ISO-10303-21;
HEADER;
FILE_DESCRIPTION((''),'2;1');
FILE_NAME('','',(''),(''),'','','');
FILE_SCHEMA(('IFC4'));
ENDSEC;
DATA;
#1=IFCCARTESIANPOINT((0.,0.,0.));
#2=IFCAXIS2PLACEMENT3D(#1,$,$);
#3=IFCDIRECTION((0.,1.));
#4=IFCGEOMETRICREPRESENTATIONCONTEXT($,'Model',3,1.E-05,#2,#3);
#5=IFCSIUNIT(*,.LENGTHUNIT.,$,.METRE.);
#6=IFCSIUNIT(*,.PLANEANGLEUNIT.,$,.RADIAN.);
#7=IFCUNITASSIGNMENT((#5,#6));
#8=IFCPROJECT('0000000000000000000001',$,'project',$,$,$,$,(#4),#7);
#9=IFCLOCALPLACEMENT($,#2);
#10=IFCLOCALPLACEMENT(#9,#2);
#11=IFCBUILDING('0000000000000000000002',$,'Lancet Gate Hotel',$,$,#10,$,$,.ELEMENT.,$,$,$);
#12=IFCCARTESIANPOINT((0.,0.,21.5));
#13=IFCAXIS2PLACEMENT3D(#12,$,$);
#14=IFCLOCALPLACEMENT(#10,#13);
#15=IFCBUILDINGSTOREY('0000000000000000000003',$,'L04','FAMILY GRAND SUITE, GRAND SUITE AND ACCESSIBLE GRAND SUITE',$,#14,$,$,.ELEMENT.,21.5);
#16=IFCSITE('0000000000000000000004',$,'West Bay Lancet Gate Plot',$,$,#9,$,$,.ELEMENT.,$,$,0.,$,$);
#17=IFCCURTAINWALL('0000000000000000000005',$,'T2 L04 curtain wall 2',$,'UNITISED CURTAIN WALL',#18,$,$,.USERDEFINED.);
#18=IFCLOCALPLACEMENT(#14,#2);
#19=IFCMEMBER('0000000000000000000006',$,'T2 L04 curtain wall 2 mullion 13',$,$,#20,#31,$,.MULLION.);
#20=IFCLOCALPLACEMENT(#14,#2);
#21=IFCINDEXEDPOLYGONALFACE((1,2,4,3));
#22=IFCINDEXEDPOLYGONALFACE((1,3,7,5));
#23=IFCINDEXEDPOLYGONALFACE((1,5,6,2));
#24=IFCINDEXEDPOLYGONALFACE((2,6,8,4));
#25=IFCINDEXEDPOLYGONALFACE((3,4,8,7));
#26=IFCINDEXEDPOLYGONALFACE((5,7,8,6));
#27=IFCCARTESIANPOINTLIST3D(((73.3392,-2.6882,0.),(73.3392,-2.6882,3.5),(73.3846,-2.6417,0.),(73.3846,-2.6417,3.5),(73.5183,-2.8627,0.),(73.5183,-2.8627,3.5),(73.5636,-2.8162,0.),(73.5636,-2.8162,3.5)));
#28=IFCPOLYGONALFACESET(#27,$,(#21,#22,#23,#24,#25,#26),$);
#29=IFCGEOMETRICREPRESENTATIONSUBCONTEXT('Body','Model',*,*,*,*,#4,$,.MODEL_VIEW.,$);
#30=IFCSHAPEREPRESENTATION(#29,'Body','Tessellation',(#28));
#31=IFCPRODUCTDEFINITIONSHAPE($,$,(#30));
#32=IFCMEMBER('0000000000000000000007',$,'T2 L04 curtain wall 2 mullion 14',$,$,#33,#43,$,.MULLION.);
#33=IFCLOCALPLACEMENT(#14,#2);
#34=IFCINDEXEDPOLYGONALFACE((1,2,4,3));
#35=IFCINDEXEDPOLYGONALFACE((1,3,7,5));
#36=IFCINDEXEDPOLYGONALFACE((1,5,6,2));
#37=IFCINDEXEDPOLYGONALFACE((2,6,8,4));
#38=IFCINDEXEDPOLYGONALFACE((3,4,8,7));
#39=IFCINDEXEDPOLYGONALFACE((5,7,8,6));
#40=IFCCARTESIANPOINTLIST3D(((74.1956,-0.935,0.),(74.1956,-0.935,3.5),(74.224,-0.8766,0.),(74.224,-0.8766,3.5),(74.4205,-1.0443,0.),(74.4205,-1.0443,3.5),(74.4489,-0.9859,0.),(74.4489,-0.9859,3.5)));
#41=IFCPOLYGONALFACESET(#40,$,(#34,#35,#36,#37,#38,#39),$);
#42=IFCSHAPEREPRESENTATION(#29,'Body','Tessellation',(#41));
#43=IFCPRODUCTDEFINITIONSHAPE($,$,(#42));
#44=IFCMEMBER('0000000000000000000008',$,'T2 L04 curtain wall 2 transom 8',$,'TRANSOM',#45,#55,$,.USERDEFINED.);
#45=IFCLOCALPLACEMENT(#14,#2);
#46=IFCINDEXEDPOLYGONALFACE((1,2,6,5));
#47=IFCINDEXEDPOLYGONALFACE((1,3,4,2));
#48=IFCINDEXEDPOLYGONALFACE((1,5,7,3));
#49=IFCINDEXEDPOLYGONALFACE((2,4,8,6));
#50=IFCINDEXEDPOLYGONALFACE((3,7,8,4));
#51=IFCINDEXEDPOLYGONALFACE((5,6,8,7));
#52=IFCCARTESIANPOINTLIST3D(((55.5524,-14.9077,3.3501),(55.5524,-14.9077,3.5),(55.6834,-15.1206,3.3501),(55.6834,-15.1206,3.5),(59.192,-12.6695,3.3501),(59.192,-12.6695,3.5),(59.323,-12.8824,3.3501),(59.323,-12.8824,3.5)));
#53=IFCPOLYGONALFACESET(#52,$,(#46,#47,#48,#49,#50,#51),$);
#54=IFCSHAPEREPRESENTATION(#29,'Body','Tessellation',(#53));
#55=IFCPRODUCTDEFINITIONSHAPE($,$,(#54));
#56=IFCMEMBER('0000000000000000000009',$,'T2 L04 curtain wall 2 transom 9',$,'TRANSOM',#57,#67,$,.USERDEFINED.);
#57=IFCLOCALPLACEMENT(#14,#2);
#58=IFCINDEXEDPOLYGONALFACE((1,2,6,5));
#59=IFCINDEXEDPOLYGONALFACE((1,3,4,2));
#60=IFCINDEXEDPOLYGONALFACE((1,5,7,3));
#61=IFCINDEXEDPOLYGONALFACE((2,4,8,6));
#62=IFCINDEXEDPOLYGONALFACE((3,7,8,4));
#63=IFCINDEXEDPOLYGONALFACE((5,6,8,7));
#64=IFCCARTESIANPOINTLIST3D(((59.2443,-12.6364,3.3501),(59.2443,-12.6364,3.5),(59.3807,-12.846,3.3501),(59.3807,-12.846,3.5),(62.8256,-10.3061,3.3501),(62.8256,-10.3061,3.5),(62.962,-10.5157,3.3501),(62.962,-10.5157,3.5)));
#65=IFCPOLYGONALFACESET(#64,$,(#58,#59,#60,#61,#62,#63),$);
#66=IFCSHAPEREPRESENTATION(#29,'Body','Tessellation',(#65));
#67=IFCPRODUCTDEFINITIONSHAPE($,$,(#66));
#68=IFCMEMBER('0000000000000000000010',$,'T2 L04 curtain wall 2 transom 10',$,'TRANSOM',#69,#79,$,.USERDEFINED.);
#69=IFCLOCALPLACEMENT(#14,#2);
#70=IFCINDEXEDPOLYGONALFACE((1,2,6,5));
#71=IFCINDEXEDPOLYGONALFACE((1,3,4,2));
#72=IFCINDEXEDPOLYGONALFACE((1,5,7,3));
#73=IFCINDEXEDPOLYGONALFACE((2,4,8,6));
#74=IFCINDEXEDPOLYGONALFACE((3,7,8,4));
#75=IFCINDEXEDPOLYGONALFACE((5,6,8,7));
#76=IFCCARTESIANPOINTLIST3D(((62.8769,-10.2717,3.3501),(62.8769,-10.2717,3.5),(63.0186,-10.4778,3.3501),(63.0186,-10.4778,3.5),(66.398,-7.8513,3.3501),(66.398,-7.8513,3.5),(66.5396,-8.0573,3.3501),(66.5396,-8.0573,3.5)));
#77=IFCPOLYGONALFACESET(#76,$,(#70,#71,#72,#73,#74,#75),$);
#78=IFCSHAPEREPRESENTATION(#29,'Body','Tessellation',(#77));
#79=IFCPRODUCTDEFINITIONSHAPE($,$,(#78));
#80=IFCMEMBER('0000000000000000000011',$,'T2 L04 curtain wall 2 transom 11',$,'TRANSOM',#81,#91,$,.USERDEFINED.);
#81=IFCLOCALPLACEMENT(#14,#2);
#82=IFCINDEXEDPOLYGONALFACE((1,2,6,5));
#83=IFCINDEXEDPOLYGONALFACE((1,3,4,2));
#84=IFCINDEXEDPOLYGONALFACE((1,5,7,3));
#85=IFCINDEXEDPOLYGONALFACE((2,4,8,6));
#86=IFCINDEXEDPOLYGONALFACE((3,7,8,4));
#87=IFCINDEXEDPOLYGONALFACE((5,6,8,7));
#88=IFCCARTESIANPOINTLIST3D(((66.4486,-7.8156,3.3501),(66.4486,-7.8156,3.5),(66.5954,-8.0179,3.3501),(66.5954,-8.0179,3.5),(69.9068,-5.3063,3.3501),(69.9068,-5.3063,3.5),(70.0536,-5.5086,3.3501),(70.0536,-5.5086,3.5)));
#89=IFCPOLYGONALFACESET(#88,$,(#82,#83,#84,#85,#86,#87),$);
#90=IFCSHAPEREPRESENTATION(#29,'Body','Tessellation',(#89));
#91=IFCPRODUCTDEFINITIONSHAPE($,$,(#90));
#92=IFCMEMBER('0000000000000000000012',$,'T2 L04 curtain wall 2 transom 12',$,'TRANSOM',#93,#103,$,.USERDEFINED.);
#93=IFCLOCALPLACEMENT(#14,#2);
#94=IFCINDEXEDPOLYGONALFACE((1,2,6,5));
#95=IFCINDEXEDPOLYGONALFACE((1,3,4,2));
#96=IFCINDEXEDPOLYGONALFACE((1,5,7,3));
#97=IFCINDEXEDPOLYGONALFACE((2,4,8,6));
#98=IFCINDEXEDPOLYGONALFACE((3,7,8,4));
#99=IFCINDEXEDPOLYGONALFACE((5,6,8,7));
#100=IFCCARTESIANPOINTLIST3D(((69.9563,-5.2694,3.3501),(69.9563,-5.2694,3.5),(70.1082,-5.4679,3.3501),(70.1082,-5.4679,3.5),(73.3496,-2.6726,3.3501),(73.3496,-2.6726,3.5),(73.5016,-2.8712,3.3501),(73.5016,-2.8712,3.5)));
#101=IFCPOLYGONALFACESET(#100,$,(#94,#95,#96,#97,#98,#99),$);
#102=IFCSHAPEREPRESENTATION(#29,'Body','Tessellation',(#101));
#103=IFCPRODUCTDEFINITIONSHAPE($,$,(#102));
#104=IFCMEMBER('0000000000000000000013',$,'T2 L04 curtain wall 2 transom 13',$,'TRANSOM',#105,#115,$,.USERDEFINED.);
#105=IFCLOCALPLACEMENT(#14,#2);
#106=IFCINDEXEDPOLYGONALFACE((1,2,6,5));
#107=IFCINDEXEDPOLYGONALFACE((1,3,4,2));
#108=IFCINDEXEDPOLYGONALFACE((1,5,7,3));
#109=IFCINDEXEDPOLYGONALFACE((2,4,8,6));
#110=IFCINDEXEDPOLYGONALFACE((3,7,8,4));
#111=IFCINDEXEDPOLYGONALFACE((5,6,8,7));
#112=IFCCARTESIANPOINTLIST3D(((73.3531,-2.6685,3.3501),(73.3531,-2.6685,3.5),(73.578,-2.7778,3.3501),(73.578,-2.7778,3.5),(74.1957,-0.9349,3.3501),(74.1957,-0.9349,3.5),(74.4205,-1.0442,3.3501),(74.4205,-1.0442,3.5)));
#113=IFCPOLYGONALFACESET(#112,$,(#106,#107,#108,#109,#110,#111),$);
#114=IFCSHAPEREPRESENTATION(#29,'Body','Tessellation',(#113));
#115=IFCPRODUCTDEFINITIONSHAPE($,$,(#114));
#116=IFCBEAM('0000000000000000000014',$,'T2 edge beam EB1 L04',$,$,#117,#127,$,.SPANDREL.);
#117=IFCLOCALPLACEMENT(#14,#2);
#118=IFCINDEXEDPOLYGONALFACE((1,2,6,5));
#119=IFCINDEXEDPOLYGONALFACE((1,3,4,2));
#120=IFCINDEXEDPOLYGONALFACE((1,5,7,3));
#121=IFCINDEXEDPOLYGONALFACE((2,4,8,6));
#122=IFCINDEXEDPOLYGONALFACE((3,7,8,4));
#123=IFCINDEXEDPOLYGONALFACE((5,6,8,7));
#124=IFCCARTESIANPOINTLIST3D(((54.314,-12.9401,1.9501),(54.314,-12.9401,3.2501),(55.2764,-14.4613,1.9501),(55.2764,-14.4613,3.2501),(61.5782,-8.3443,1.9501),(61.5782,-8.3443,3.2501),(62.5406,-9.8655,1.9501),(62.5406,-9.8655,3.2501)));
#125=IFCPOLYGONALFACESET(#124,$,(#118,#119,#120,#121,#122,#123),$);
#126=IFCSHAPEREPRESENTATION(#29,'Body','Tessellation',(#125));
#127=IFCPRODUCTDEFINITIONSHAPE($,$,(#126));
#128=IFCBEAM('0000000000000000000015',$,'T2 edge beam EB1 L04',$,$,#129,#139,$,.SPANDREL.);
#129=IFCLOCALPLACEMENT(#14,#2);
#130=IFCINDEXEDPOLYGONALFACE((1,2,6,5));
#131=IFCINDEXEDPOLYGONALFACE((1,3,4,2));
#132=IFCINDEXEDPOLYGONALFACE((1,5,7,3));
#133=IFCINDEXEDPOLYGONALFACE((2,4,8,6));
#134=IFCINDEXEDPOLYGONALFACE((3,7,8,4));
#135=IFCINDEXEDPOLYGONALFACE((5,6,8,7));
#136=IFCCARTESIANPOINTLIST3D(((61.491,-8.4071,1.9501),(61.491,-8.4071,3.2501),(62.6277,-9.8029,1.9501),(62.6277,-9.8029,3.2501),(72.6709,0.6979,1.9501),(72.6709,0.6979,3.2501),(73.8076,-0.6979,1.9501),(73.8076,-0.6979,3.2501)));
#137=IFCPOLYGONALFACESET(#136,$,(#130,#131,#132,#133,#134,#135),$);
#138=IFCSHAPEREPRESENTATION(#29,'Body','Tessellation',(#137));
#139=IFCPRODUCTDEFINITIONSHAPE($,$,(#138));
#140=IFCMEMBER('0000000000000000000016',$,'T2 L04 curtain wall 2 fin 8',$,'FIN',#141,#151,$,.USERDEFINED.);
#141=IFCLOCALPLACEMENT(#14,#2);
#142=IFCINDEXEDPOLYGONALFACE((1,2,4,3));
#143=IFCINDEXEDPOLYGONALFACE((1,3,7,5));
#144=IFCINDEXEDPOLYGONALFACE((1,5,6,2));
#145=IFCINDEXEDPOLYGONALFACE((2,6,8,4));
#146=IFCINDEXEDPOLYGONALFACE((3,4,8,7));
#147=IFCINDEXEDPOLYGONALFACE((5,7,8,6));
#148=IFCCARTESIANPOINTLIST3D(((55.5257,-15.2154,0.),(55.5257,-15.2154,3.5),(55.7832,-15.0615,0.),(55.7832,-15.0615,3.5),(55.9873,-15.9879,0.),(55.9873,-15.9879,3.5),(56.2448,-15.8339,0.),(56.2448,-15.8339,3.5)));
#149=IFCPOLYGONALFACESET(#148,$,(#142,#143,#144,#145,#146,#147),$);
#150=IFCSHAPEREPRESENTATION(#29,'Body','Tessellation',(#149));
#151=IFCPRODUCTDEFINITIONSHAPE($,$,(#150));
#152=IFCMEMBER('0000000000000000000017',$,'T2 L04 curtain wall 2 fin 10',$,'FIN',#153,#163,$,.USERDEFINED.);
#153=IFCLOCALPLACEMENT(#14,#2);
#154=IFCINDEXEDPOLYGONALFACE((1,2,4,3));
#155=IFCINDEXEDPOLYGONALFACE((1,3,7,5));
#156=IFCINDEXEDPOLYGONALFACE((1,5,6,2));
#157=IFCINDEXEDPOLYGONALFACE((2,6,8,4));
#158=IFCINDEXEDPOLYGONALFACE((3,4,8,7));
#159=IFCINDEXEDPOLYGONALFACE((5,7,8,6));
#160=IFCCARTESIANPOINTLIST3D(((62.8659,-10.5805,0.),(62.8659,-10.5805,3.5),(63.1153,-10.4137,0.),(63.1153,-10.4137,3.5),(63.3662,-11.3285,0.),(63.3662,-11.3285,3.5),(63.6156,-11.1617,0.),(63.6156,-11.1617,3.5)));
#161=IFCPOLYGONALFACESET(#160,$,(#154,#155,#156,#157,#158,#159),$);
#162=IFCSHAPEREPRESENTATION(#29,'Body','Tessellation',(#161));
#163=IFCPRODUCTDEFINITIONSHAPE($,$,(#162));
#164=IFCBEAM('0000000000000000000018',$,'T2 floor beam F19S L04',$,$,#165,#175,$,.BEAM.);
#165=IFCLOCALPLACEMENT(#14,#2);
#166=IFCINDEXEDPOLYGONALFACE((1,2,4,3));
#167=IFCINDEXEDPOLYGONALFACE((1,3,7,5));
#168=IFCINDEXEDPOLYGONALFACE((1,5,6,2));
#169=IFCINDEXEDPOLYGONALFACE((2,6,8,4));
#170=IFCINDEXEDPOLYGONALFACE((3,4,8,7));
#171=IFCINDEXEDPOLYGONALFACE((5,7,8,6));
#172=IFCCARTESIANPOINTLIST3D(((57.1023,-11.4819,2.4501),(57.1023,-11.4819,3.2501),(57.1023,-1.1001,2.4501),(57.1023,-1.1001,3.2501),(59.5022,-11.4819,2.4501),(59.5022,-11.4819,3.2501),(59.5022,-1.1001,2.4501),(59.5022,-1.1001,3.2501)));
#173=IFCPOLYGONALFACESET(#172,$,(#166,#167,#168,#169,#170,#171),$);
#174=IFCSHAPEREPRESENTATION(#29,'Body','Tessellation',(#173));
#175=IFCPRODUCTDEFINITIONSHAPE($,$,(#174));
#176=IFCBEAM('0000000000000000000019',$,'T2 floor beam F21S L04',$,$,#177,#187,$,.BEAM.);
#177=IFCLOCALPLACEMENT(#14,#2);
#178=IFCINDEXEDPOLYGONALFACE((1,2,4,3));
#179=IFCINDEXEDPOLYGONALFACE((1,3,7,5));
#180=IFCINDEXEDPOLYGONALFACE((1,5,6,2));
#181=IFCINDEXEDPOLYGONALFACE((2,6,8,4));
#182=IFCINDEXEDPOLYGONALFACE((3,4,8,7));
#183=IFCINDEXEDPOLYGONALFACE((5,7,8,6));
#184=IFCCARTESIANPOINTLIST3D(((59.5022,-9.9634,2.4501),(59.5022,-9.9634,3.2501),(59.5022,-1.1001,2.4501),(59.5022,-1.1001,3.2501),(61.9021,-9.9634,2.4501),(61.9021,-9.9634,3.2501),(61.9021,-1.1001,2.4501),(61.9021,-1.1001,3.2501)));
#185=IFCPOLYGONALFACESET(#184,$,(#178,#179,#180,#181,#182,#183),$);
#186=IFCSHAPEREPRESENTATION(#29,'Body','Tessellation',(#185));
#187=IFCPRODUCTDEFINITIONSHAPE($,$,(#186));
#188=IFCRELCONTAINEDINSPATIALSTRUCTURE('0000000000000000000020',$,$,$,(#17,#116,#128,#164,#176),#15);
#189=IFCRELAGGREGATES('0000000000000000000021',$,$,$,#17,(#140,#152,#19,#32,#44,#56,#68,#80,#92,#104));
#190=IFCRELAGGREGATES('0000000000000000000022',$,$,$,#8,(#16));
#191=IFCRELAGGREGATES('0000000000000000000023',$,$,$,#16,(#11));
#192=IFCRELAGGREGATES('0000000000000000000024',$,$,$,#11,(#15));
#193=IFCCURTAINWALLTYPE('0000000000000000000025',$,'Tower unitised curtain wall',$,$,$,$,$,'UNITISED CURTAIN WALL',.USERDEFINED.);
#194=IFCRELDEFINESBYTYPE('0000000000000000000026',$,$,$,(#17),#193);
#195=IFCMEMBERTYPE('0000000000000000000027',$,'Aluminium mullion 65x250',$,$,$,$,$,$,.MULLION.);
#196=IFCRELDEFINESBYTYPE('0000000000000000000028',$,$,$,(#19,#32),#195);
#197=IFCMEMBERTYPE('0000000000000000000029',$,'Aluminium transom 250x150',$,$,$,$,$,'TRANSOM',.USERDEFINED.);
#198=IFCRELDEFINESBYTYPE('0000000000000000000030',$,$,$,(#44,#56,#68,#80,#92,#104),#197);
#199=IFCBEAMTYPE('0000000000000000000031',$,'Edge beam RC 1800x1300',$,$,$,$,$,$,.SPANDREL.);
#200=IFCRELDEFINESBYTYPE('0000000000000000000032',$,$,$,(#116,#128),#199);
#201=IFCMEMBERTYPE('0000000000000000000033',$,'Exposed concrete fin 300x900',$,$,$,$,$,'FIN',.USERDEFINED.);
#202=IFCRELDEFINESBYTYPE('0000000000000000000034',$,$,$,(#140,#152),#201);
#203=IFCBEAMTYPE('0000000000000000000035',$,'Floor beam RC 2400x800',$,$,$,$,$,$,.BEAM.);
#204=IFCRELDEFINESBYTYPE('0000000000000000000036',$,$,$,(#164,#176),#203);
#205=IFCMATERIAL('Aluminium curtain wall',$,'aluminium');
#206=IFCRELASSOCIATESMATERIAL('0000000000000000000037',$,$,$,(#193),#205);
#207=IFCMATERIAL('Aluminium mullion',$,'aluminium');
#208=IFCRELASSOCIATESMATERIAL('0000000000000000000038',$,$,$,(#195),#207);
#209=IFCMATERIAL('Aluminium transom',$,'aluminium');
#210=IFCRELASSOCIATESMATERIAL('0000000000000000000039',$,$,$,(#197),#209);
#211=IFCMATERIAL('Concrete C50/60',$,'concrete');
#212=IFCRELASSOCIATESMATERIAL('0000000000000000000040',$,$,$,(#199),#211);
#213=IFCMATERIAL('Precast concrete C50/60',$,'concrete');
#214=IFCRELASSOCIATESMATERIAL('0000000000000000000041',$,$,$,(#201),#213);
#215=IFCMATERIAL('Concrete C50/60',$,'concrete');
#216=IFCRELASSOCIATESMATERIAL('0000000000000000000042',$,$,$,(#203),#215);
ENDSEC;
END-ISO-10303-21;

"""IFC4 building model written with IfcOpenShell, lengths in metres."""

from ifc_helpers import new_model, si_unit, direction, frame, origin, origin_2d, place, context, subcontext, project, spatial, rectangle, extrude, material, material_profile, profile_set, type_object, element, aggregate, save


model = new_model("IFC4")

# Units and contexts
model_context = context("Model", 3, precision=1e-05, world=origin(), true_north=direction((0.0, 1.0)))
body_context = subcontext(model_context, "Body", "Model", "MODEL_VIEW")
ifc_project = project(units=[si_unit("LENGTHUNIT", "METRE"), si_unit("PLANEANGLEUNIT", "RADIAN")], contexts=[model_context])

# Site, building, storey
site_placement = place(None, origin())
site = spatial("IfcSite", under=ifc_project, at=site_placement, Name="West Bay Lancet Gate Plot", CompositionType="ELEMENT", RefElevation=0.0)
building_placement = place(site_placement, origin())
building = spatial("IfcBuilding", under=site, at=building_placement, Name="Lancet Gate Hotel", CompositionType="ELEMENT")
storey_placement = place(building_placement, frame((0.0, 0.0, 21.5)))
storey = spatial("IfcBuildingStorey", under=building, at=storey_placement, Name="L04", Description="FAMILY GRAND SUITE, GRAND SUITE AND ACCESSIBLE GRAND SUITE", CompositionType="ELEMENT", Elevation=21.5)

# Curtain wall, members
ifc_material_1 = material(Name="Aluminium curtain wall", Category="aluminium")
curtain_wall_type = type_object("IfcCurtainWallType", Name="Tower unitised curtain wall", ElementType="UNITISED CURTAIN WALL", PredefinedType="USERDEFINED", material=ifc_material_1)
curtain_wall_placement = place(storey_placement, origin())
curtain_wall = element("IfcCurtainWall", 1, at=curtain_wall_placement, inside=storey, type_object=curtain_wall_type, Name="T2 L04 curtain wall 2", ObjectType="UNITISED CURTAIN WALL", PredefinedType="USERDEFINED")
ifc_material_2 = material(Name="Aluminium mullion", Category="aluminium")
ifc_material_profile_1 = material_profile(ifc_material_2, rectangle(XDim=0.0649, YDim=0.25, at=origin_2d()), Name="MULLION 65x250")
ifc_profile_set_1 = profile_set([ifc_material_profile_1], Name="Aluminium mullion")
member_type_1 = type_object("IfcMemberType", Name="Aluminium mullion 65x250", PredefinedType="MULLION", material=ifc_profile_set_1)
member_1_placement = place(storey_placement, frame((73.4514, -2.7522, 0.0), z_axis=(0.0, 0.0, 1.0), x_axis=(0.697983, 0.716114, 0.0)))
member_1 = element("IfcMember", 2, at=member_1_placement, type_object=member_type_1, Name="T2 L04 curtain wall 2 mullion 13", PredefinedType="MULLION", context=body_context, shape_type="SweptSolid", body=[
    extrude(rectangle(XDim=0.0649, YDim=0.25, at=origin_2d()), origin(), (0.0, 0.0, 1.0), 3.5),
])
member_2_placement = place(storey_placement, frame((74.3223, -0.9604, 0.0), z_axis=(0.0, 0.0, 1.0), x_axis=(0.437169, 0.899379, 0.0)))
member_2 = element("IfcMember", 3, at=member_2_placement, type_object=member_type_1, Name="T2 L04 curtain wall 2 mullion 14", PredefinedType="MULLION", context=body_context, shape_type="SweptSolid", body=[
    extrude(rectangle(XDim=0.0649, YDim=0.25, at=origin_2d()), origin(), (0.0, 0.0, 1.0), 3.5),
])
ifc_material_3 = material(Name="Aluminium transom", Category="aluminium")
ifc_material_profile_2 = material_profile(ifc_material_3, rectangle(XDim=0.25, YDim=0.1499, at=origin_2d()), Name="TRANSOM 250x150")
ifc_profile_set_2 = profile_set([ifc_material_profile_2], Name="Aluminium transom")
member_type_2 = type_object("IfcMemberType", Name="Aluminium transom 250x150", ElementType="TRANSOM", PredefinedType="USERDEFINED", material=ifc_profile_set_2)
member_3_placement = place(storey_placement, frame((55.6179, -15.0142, 3.425), z_axis=(0.851815, 0.523842, 0.0), x_axis=(-0.523842, 0.851815, 0.0)))
member_3 = element("IfcMember", 4, at=member_3_placement, type_object=member_type_2, Name="T2 L04 curtain wall 2 transom 8", ObjectType="TRANSOM", PredefinedType="USERDEFINED", context=body_context, shape_type="SweptSolid", body=[
    extrude(rectangle(XDim=0.25, YDim=0.1499, at=origin_2d()), origin(), (0.0, 0.0, 1.0), 4.2727),
])
member_4_placement = place(storey_placement, frame((59.3125, -12.7412, 3.425), z_axis=(0.838179, 0.545396, 0.0), x_axis=(-0.545396, 0.838179, 0.0)))
member_4 = element("IfcMember", 5, at=member_4_placement, type_object=member_type_2, Name="T2 L04 curtain wall 2 transom 9", ObjectType="TRANSOM", PredefinedType="USERDEFINED", context=body_context, shape_type="SweptSolid", body=[
    extrude(rectangle(XDim=0.25, YDim=0.1499, at=origin_2d()), origin(), (0.0, 0.0, 1.0), 4.2727),
])
member_5_placement = place(storey_placement, frame((62.9478, -10.3748, 3.425), z_axis=(0.824072, 0.566485, 0.0), x_axis=(-0.566485, 0.824072, 0.0)))
member_5 = element("IfcMember", 6, at=member_5_placement, type_object=member_type_2, Name="T2 L04 curtain wall 2 transom 10", ObjectType="TRANSOM", PredefinedType="USERDEFINED", context=body_context, shape_type="SweptSolid", body=[
    extrude(rectangle(XDim=0.25, YDim=0.1499, at=origin_2d()), origin(), (0.0, 0.0, 1.0), 4.2727),
])
member_6_placement = place(storey_placement, frame((66.522, -7.9167, 3.425), z_axis=(0.809383, 0.587281, 0.0), x_axis=(-0.587281, 0.809383, 0.0)))
member_6 = element("IfcMember", 7, at=member_6_placement, type_object=member_type_2, Name="T2 L04 curtain wall 2 transom 11", ObjectType="TRANSOM", PredefinedType="USERDEFINED", context=body_context, shape_type="SweptSolid", body=[
    extrude(rectangle(XDim=0.25, YDim=0.1499, at=origin_2d()), origin(), (0.0, 0.0, 1.0), 4.2727),
])
member_7_placement = place(storey_placement, frame((70.0322, -5.3687, 3.425), z_axis=(0.794155, 0.607715, 0.0), x_axis=(-0.607715, 0.794155, 0.0)))
member_7 = element("IfcMember", 8, at=member_7_placement, type_object=member_type_2, Name="T2 L04 curtain wall 2 transom 12", ObjectType="TRANSOM", PredefinedType="USERDEFINED", context=body_context, shape_type="SweptSolid", body=[
    extrude(rectangle(XDim=0.25, YDim=0.1499, at=origin_2d()), origin(), (0.0, 0.0, 1.0), 4.2729),
])
member_8_placement = place(storey_placement, frame((73.4656, -2.7231, 3.425), z_axis=(0.437103, 0.899411, 0.0), x_axis=(-0.899411, 0.437103, 0.0)))
member_8 = element("IfcMember", 9, at=member_8_placement, type_object=member_type_2, Name="T2 L04 curtain wall 2 transom 13", ObjectType="TRANSOM", PredefinedType="USERDEFINED", context=body_context, shape_type="SweptSolid", body=[
    extrude(rectangle(XDim=0.25, YDim=0.1499, at=origin_2d()), origin(), (0.0, 0.0, 1.0), 1.9275),
])

# Beams
ifc_material_4 = material(Name="Concrete C50/60", Category="concrete")
ifc_material_profile_3 = material_profile(ifc_material_4, rectangle(XDim=1.8, YDim=1.3, at=origin_2d()), Name="RC 1800x1300")
ifc_profile_set_3 = profile_set([ifc_material_profile_3], Name="Concrete C50/60")
beam_type_1 = type_object("IfcBeamType", Name="Edge beam RC 1800x1300", PredefinedType="SPANDREL", material=ifc_profile_set_3)
beam_1_placement = place(storey_placement, frame((54.7952, -13.7007, 2.6001), z_axis=(0.845078, 0.534643, 0.0), x_axis=(-0.534643, 0.845078, 0.0)))
element("IfcBeam", 10, at=beam_1_placement, inside=storey, type_object=beam_type_1, Name="T2 edge beam EB1 L04", PredefinedType="SPANDREL", context=body_context, shape_type="SweptSolid", body=[
    extrude(rectangle(XDim=1.8, YDim=1.3, at=origin_2d()), origin(), (0.0, 0.0, 1.0), 8.5959),
])
beam_2_placement = place(storey_placement, frame((62.0593, -9.105, 2.6001), z_axis=(0.775391, 0.631481, 0.0), x_axis=(-0.631481, 0.775391, 0.0)))
element("IfcBeam", 11, at=beam_2_placement, inside=storey, type_object=beam_type_1, Name="T2 edge beam EB1 L04", PredefinedType="SPANDREL", context=body_context, shape_type="SweptSolid", body=[
    extrude(rectangle(XDim=1.8, YDim=1.3, at=origin_2d()), origin(), (0.0, 0.0, 1.0), 14.4185),
])

# Members
ifc_material_5 = material(Name="Precast concrete C50/60", Category="concrete")
ifc_material_profile_4 = material_profile(ifc_material_5, rectangle(XDim=0.3, YDim=0.8999, at=origin_2d()), Name="FIN 300x900")
ifc_profile_set_4 = profile_set([ifc_material_profile_4], Name="Precast concrete C50/60")
member_type_3 = type_object("IfcMemberType", Name="Exposed concrete fin 300x900", ElementType="FIN", PredefinedType="USERDEFINED", material=ifc_profile_set_4)
member_9_placement = place(storey_placement, frame((55.8853, -15.5247, 0.0), z_axis=(0.0, 0.0, 1.0), x_axis=(0.858413, 0.512959, 0.0)))
member_9 = element("IfcMember", 12, at=member_9_placement, type_object=member_type_3, Name="T2 L04 curtain wall 2 fin 8", ObjectType="FIN", PredefinedType="USERDEFINED", context=body_context, shape_type="SweptSolid", body=[
    extrude(rectangle(XDim=0.3, YDim=0.8999, at=origin_2d()), origin(), (0.0, 0.0, 1.0), 3.5),
])
member_10_placement = place(storey_placement, frame((63.2407, -10.8711, 0.0), z_axis=(0.0, 0.0, 1.0), x_axis=(0.831198, 0.555976, 0.0)))
member_10 = element("IfcMember", 13, at=member_10_placement, type_object=member_type_3, Name="T2 L04 curtain wall 2 fin 10", ObjectType="FIN", PredefinedType="USERDEFINED", context=body_context, shape_type="SweptSolid", body=[
    extrude(rectangle(XDim=0.3, YDim=0.8999, at=origin_2d()), origin(), (0.0, 0.0, 1.0), 3.5),
])

# Beams
ifc_material_6 = material(Name="Concrete C50/60", Category="concrete")
ifc_material_profile_5 = material_profile(ifc_material_6, rectangle(XDim=2.3999, YDim=0.8, at=origin_2d()), Name="RC 2400x800")
ifc_profile_set_5 = profile_set([ifc_material_profile_5], Name="Concrete C50/60")
beam_type_2 = type_object("IfcBeamType", Name="Floor beam RC 2400x800", PredefinedType="BEAM", material=ifc_profile_set_5)
beam_3_placement = place(storey_placement, frame((58.3022, -11.4819, 2.8501), z_axis=(0.0, 1.0, 0.0), x_axis=(-1.0, 0.0, 0.0)))
element("IfcBeam", 14, at=beam_3_placement, inside=storey, type_object=beam_type_2, Name="T2 floor beam F19S L04", PredefinedType="BEAM", context=body_context, shape_type="SweptSolid", body=[
    extrude(rectangle(XDim=2.3999, YDim=0.8, at=origin_2d()), origin(), (0.0, 0.0, 1.0), 10.3818),
])
beam_4_placement = place(storey_placement, frame((60.7021, -9.9634, 2.8501), z_axis=(0.0, 1.0, 0.0), x_axis=(-1.0, 0.0, 0.0)))
element("IfcBeam", 15, at=beam_4_placement, inside=storey, type_object=beam_type_2, Name="T2 floor beam F21S L04", PredefinedType="BEAM", context=body_context, shape_type="SweptSolid", body=[
    extrude(rectangle(XDim=2.3999, YDim=0.8, at=origin_2d()), origin(), (0.0, 0.0, 1.0), 8.8633),
])

aggregate(curtain_wall, [member_9, member_10, member_1, member_2, member_3, member_4, member_5, member_6, member_7, member_8])

save(model, "model.ifc")
